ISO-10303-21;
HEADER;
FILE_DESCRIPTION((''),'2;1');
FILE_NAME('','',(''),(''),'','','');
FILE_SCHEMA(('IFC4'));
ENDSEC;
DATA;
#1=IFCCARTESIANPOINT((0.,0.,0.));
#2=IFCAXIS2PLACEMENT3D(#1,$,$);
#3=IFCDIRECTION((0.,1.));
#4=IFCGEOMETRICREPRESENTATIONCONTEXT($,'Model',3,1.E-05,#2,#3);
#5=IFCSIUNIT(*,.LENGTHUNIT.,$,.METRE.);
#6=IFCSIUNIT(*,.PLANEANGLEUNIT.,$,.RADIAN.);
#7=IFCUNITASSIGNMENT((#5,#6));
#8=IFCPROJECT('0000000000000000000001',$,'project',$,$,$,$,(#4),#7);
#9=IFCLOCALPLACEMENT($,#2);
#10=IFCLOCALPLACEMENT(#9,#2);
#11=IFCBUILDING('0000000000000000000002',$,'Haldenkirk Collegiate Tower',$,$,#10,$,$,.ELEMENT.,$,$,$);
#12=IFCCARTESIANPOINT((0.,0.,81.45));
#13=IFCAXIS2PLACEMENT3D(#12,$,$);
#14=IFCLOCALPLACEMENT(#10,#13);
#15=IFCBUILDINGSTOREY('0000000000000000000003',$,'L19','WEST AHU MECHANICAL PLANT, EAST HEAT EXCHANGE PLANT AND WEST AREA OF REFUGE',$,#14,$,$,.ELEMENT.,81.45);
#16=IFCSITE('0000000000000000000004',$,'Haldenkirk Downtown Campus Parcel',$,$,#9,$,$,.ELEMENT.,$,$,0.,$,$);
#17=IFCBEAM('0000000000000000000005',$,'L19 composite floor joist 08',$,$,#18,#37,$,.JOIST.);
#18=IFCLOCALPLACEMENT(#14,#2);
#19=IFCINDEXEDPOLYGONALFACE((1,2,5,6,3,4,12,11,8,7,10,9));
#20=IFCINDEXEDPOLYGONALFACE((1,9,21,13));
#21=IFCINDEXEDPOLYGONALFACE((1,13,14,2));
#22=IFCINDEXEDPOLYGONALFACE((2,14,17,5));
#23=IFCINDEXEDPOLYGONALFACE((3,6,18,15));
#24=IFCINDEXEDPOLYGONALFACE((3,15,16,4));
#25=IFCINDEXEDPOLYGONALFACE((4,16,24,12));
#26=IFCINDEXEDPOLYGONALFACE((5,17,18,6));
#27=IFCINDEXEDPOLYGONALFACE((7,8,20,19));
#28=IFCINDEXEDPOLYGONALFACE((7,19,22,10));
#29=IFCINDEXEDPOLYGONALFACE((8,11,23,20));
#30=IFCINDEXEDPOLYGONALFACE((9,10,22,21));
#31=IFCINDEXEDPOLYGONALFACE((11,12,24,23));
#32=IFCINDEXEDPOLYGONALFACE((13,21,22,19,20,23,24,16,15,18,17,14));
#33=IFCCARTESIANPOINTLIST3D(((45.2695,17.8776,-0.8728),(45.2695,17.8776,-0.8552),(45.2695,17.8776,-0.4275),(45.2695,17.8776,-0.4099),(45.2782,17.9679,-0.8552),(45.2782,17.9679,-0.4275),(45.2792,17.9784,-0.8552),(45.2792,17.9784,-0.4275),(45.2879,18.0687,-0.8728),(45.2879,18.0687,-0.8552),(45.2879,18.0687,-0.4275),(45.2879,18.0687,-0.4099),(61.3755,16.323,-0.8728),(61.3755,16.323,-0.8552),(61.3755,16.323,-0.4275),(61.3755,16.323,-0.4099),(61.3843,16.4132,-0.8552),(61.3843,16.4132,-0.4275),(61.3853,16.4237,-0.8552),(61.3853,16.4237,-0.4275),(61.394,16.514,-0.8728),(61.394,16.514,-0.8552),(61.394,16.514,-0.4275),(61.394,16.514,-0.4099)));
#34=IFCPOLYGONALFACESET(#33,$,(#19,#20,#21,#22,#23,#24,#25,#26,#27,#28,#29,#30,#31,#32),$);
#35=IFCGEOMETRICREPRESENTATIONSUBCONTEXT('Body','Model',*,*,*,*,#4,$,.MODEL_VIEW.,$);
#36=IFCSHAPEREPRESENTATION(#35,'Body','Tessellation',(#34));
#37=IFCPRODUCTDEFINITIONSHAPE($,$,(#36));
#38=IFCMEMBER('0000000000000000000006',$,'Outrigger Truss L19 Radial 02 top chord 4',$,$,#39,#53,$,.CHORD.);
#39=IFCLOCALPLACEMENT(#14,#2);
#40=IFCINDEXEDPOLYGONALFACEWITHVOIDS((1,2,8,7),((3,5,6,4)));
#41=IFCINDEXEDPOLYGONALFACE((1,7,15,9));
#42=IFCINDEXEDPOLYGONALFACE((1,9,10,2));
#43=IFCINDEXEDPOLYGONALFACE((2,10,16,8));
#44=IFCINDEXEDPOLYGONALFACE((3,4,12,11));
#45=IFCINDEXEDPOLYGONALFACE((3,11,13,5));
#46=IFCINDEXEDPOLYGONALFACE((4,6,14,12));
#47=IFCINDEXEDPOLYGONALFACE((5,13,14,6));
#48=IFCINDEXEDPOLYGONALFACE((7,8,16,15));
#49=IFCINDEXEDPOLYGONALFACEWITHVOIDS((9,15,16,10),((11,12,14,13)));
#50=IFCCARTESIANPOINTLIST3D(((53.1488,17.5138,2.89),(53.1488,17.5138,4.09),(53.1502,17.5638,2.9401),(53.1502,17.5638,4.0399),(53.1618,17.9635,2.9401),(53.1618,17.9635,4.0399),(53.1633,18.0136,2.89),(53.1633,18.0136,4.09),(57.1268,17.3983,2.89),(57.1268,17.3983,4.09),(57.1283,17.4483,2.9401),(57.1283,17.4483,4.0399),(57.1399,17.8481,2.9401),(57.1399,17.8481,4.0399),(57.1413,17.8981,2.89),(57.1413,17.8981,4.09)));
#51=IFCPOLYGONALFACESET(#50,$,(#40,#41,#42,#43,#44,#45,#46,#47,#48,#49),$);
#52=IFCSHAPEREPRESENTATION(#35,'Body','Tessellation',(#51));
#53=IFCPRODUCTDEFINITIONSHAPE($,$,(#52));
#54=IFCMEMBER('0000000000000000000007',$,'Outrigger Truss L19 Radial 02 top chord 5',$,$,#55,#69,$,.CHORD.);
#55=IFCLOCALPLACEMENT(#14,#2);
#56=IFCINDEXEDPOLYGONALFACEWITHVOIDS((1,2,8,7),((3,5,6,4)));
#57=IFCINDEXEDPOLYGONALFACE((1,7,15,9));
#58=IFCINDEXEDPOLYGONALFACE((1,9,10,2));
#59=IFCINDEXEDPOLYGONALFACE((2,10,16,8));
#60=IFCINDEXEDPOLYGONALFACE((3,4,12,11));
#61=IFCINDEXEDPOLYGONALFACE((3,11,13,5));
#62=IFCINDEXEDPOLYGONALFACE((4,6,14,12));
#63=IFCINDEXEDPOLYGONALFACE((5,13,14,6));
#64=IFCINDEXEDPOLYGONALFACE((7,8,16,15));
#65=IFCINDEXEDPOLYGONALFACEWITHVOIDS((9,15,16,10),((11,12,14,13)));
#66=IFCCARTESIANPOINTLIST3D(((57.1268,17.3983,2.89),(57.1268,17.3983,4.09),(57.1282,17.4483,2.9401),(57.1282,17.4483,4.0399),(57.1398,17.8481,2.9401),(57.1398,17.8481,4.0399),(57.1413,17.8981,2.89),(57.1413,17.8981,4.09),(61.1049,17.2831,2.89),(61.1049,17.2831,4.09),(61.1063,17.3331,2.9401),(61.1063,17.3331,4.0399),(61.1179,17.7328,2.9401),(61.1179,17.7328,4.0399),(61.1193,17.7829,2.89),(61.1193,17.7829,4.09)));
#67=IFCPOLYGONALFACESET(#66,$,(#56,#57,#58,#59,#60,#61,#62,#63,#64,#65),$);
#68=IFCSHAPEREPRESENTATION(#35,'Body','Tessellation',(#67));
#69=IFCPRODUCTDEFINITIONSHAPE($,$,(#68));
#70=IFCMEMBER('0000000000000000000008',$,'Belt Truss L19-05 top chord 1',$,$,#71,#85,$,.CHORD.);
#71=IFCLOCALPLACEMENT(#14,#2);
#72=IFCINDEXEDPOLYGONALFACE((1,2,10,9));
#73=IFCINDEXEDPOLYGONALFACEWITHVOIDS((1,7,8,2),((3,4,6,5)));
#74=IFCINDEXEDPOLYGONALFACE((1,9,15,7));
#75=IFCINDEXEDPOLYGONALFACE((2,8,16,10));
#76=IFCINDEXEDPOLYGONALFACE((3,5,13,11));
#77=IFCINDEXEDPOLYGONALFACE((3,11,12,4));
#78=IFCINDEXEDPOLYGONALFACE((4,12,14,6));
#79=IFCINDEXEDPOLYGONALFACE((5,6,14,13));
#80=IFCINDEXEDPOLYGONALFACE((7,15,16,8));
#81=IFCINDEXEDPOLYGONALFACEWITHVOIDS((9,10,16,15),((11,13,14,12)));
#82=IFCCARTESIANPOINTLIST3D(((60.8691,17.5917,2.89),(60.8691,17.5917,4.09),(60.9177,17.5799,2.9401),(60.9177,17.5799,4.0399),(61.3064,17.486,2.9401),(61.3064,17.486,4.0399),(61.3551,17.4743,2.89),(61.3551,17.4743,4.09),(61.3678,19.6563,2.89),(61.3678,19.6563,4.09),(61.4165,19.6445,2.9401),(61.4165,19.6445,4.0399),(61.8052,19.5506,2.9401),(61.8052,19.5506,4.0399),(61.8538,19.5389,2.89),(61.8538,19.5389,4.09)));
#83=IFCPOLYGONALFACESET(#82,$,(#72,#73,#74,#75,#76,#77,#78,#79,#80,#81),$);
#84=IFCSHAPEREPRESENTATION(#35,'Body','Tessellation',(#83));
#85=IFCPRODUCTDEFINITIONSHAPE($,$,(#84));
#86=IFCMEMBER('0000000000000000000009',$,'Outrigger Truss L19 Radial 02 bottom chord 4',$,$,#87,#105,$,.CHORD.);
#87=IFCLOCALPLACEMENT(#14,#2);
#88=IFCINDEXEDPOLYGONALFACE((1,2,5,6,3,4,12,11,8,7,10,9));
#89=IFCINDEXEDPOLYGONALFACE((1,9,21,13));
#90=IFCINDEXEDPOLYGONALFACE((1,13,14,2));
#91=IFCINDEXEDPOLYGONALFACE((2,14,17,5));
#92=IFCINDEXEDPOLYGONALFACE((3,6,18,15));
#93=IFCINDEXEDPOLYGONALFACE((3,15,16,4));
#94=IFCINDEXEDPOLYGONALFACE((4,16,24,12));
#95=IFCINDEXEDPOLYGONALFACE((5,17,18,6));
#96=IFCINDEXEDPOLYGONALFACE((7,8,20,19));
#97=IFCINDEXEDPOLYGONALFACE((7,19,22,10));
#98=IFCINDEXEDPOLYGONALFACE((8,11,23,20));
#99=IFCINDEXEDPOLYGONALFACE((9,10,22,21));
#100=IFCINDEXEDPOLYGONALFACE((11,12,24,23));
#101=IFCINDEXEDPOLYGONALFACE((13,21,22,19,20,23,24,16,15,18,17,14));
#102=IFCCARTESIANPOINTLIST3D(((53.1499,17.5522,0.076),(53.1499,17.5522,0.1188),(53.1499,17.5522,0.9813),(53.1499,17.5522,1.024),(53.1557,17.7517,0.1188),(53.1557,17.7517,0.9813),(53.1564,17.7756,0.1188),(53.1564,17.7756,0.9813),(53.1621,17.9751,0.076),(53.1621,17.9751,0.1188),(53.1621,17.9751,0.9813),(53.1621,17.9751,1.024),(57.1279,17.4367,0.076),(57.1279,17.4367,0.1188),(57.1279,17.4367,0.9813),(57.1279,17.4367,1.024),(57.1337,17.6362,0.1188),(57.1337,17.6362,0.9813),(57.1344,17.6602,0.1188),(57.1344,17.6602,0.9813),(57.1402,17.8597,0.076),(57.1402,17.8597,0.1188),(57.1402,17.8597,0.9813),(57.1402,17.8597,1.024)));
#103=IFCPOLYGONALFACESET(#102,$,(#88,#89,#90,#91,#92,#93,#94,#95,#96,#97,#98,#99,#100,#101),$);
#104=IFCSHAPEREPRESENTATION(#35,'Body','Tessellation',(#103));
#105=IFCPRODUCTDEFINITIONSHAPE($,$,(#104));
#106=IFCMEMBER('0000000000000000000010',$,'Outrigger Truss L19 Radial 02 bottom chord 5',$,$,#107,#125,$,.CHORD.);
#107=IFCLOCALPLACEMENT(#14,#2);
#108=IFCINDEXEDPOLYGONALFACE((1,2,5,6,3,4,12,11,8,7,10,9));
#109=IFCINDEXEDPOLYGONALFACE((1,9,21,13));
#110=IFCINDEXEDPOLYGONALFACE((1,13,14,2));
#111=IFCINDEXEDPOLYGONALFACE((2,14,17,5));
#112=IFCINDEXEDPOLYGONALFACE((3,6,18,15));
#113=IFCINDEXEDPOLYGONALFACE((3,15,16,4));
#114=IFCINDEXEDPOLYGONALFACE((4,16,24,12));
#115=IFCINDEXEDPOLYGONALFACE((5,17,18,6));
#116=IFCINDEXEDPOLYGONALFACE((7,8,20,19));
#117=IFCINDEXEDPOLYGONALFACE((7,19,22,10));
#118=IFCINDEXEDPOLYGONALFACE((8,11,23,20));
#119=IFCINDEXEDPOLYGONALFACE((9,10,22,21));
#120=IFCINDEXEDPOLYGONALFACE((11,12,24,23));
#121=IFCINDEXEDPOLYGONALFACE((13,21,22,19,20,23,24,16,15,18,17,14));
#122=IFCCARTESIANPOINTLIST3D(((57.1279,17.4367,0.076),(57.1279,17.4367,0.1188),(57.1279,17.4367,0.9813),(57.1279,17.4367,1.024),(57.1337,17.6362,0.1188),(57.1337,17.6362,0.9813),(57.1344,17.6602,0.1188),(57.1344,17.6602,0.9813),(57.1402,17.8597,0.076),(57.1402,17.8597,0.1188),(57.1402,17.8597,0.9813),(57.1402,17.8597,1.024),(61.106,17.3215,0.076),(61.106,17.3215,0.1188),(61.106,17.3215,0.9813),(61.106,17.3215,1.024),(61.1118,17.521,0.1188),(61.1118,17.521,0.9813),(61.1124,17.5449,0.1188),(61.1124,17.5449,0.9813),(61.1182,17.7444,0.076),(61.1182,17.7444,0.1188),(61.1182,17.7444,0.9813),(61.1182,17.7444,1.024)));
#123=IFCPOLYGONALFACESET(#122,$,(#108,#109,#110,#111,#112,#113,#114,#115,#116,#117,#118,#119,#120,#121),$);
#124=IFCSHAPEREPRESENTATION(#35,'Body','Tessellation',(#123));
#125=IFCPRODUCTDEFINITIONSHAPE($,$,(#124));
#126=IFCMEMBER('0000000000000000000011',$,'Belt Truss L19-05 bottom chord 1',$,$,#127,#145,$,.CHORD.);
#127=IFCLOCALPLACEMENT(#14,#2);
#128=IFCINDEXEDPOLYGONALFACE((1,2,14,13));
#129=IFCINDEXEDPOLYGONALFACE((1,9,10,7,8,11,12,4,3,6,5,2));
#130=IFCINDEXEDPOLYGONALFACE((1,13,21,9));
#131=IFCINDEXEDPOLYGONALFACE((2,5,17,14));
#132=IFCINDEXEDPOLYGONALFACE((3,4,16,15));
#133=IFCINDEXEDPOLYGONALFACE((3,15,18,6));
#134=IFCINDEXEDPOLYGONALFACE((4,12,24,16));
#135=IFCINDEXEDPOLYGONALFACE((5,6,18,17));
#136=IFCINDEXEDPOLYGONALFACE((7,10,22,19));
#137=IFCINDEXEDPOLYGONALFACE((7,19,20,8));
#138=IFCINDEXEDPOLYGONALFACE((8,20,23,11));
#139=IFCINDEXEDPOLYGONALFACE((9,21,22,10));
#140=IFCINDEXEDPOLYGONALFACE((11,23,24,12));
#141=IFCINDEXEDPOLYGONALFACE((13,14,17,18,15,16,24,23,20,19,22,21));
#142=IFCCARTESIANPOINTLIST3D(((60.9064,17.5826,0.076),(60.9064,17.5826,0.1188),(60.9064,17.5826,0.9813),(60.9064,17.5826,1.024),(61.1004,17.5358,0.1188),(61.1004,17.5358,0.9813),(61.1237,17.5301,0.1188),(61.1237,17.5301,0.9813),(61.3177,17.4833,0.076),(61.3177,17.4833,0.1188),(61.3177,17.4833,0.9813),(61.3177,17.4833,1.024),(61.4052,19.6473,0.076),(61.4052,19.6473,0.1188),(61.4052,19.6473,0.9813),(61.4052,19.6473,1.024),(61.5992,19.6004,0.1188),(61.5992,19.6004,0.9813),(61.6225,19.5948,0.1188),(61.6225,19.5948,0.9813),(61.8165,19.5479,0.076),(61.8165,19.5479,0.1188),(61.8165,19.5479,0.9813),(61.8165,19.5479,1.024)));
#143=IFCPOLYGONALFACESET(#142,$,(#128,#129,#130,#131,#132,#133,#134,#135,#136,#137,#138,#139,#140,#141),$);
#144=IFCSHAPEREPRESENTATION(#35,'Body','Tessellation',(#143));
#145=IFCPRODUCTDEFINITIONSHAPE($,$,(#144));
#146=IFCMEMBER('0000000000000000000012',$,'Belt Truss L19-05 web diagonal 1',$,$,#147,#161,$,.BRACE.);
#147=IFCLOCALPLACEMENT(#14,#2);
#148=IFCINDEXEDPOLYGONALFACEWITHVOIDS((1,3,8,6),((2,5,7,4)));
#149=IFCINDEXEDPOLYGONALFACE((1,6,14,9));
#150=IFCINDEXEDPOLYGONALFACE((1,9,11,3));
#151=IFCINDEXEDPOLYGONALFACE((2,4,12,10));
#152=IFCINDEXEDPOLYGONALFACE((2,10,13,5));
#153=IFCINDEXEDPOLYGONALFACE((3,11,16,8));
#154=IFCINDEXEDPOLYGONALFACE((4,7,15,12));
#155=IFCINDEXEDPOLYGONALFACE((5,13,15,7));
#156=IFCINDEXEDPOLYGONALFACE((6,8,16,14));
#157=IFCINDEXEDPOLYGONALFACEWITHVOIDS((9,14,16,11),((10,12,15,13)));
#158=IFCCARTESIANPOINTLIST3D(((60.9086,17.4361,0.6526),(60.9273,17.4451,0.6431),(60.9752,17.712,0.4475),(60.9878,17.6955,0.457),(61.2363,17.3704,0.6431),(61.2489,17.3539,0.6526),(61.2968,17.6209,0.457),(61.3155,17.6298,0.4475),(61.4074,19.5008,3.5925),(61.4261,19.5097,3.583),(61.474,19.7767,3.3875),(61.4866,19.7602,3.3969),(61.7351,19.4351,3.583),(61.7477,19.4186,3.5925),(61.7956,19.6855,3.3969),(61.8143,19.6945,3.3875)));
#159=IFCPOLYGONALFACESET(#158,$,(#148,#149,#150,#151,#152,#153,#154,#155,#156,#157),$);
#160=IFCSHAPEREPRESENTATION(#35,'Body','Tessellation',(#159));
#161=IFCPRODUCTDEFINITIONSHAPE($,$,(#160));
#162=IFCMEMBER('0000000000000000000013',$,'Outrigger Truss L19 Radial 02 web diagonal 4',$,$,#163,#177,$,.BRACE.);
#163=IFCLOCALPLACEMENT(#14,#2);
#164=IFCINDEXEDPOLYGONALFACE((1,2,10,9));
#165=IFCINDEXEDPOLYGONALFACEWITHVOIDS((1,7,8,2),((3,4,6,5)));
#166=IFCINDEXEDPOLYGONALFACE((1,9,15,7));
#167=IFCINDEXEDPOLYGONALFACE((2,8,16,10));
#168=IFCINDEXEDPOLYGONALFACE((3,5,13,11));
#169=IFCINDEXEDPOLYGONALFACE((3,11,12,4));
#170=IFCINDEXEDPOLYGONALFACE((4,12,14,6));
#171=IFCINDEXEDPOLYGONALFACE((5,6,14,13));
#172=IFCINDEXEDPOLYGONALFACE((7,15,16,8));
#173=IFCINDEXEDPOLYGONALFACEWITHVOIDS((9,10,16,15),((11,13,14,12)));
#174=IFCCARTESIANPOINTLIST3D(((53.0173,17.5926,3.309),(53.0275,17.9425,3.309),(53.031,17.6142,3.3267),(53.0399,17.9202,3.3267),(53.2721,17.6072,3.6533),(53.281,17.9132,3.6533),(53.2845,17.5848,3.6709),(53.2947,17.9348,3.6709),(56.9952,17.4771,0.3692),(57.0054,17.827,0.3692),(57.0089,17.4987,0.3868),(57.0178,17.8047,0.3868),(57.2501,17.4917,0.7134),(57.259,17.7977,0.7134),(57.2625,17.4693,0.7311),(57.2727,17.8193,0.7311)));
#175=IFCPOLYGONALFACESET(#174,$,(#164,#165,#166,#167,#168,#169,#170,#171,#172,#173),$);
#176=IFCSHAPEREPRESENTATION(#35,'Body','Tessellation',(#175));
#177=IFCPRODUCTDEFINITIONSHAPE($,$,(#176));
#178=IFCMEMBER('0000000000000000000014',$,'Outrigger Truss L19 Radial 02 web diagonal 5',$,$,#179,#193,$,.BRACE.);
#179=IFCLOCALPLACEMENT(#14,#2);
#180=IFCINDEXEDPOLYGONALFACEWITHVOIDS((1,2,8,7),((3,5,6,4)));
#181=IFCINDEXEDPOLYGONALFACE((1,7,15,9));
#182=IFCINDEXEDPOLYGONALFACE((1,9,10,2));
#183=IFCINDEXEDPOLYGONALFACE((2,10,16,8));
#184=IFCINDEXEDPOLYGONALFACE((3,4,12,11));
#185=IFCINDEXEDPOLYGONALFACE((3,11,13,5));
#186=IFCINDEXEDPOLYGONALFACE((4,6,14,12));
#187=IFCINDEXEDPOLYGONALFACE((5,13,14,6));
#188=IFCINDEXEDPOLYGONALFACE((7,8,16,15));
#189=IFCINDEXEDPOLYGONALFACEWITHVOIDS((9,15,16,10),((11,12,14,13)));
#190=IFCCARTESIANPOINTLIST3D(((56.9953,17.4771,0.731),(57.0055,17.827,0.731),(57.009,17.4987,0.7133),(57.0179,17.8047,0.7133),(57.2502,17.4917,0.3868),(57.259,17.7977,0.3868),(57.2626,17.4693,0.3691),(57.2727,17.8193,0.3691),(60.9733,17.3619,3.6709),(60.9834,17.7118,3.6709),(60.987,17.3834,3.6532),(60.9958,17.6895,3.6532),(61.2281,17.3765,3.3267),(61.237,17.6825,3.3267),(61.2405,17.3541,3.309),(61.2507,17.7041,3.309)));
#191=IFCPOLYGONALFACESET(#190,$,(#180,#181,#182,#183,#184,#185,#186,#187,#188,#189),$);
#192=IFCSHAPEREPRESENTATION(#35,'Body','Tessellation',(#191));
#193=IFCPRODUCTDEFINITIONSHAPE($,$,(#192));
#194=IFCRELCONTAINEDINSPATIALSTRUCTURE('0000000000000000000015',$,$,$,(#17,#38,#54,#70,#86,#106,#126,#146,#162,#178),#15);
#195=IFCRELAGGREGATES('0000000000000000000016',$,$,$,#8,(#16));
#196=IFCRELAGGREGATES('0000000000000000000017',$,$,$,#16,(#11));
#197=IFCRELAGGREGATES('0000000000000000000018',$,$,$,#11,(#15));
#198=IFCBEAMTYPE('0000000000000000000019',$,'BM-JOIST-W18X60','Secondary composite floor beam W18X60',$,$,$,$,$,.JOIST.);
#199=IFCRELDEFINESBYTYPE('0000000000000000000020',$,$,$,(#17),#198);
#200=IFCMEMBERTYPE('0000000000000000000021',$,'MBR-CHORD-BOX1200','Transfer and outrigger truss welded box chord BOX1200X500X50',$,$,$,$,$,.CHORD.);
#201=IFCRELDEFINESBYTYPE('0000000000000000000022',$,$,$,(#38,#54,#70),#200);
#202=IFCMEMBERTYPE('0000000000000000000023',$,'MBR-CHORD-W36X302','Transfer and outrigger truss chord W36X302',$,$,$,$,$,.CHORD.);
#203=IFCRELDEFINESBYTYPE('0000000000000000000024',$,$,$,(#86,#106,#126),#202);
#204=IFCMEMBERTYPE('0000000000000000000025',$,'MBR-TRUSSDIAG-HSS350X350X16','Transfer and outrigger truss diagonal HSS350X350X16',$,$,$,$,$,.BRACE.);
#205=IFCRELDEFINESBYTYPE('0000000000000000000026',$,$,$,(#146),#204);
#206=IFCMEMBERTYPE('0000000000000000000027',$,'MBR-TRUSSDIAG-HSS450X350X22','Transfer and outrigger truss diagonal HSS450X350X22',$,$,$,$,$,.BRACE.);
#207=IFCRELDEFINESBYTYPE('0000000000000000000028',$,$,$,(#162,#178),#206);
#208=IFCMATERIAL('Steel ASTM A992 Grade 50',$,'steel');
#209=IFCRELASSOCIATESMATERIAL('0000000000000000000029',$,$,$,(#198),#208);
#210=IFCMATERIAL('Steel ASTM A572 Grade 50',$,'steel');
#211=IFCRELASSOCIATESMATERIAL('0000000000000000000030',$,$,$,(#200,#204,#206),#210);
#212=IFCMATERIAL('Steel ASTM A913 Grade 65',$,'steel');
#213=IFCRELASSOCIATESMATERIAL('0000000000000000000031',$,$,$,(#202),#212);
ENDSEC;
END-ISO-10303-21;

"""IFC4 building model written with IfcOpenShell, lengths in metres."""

from ifc_helpers import new_model, si_unit, direction, frame, origin, origin_2d, place, context, subcontext, project, spatial, hollow_rectangle, i_section, extrude, material, material_profile, profile_set, type_object, element, save


model = new_model("IFC4")

# Units and contexts
model_context = context("Model", 3, precision=1e-05, world=origin(), true_north=direction((0.0, 1.0)))
body_context = subcontext(model_context, "Body", "Model", "MODEL_VIEW")
ifc_project = project(units=[si_unit("LENGTHUNIT", "METRE"), si_unit("PLANEANGLEUNIT", "RADIAN")], contexts=[model_context])

# Site, building, storey
site_placement = place(None, origin())
site = spatial("IfcSite", under=ifc_project, at=site_placement, Name="Haldenkirk Downtown Campus Parcel", CompositionType="ELEMENT", RefElevation=0.0)
building_placement = place(site_placement, origin())
building = spatial("IfcBuilding", under=site, at=building_placement, Name="Haldenkirk Collegiate Tower", CompositionType="ELEMENT")
storey_placement = place(building_placement, frame((0.0, 0.0, 81.45)))
storey = spatial("IfcBuildingStorey", under=building, at=storey_placement, Name="L19", Description="WEST AHU MECHANICAL PLANT, EAST HEAT EXCHANGE PLANT AND WEST AREA OF REFUGE", CompositionType="ELEMENT", Elevation=81.45)

# Beam
ifc_material_1 = material(Name="Steel ASTM A992 Grade 50", Category="steel")
ifc_material_profile_1 = material_profile(ifc_material_1, i_section(OverallWidth=0.1919, OverallDepth=0.4629, WebThickness=0.0105, FlangeThickness=0.0176, at=origin_2d()), Name="W18X60")
ifc_profile_set_1 = profile_set([ifc_material_profile_1], Name="Steel ASTM A992 Grade 50")
beam_type = type_object("IfcBeamType", Name="BM-JOIST-W18X60", Description="Secondary composite floor beam W18X60", PredefinedType="JOIST", material=ifc_profile_set_1)
beam_placement = place(storey_placement, frame((61.3848, 16.4185, -0.6414), z_axis=(-0.995373, 0.096082, 0.0), x_axis=(-0.096082, -0.995373, 0.0)))
element("IfcBeam", 1, at=beam_placement, inside=storey, type_object=beam_type, Name="L19 composite floor joist 08", PredefinedType="JOIST", context=body_context, shape_type="SweptSolid", body=[
    extrude(i_section(OverallWidth=0.1919, OverallDepth=0.4629, WebThickness=0.0105, FlangeThickness=0.0176, at=origin_2d()), origin(), (0.0, 0.0, 1.0), 16.1809),
])

# Members
ifc_material_2 = material(Name="Steel ASTM A572 Grade 50", Category="steel")
ifc_material_profile_2 = material_profile(ifc_material_2, hollow_rectangle(XDim=0.5, YDim=1.2, WallThickness=0.05, at=origin_2d()), Name="BOX1200X500X50")
ifc_profile_set_2 = profile_set([ifc_material_profile_2], Name="Steel ASTM A572 Grade 50")
member_type_1 = type_object("IfcMemberType", Name="MBR-CHORD-BOX1200", Description="Transfer and outrigger truss welded box chord BOX1200X500X50", PredefinedType="CHORD", material=ifc_profile_set_2)
for number, where, z_axis, x_axis, name in (
    (2, (53.156, 17.7637, 3.49), (0.999579, -0.029017, 0.0), (0.029017, 0.999579, 0.0), "Outrigger Truss L19 Radial 02 top chord 4"),
    (3, (57.134, 17.6482, 3.49), (0.999581, -0.028956, 0.0), (0.028956, 0.999581, 0.0), "Outrigger Truss L19 Radial 02 top chord 5"),
):
    element("IfcMember", number, at=place(storey_placement, frame(where, z_axis=z_axis, x_axis=x_axis)), inside=storey, type_object=member_type_1, Name=name, PredefinedType="CHORD", context=body_context, shape_type="SweptSolid", body=[
        extrude(hollow_rectangle(XDim=0.5, YDim=1.2, WallThickness=0.05, at=origin_2d()), origin(), (0.0, 0.0, 1.0), 3.9797),
    ])
member_1_placement = place(storey_placement, frame((61.1121, 17.533, 3.49), z_axis=(0.23482, 0.972039, 0.0), x_axis=(-0.972039, 0.23482, 0.0)))
element("IfcMember", 4, at=member_1_placement, inside=storey, type_object=member_type_1, Name="Belt Truss L19-05 top chord 1", PredefinedType="CHORD", context=body_context, shape_type="SweptSolid", body=[
    extrude(hollow_rectangle(XDim=0.5, YDim=1.2, WallThickness=0.05, at=origin_2d()), origin(), (0.0, 0.0, 1.0), 2.124),
])
ifc_material_3 = material(Name="Steel ASTM A913 Grade 65", Category="steel")
ifc_material_profile_3 = material_profile(ifc_material_3, i_section(OverallWidth=0.4231, OverallDepth=0.948, WebThickness=0.0239, FlangeThickness=0.0427, at=origin_2d()), Name="W36X302")
ifc_profile_set_3 = profile_set([ifc_material_profile_3], Name="Steel ASTM A913 Grade 65")
member_type_2 = type_object("IfcMemberType", Name="MBR-CHORD-W36X302", Description="Transfer and outrigger truss chord W36X302", PredefinedType="CHORD", material=ifc_profile_set_3)
for number, where, z_axis, x_axis, name in (
    (5, (53.156, 17.7637, 0.55), (0.999579, -0.029017, 0.0), (0.029017, 0.999579, 0.0), "Outrigger Truss L19 Radial 02 bottom chord 4"),
    (6, (57.134, 17.6482, 0.55), (0.999581, -0.028956, 0.0), (0.028956, 0.999581, 0.0), "Outrigger Truss L19 Radial 02 bottom chord 5"),
):
    element("IfcMember", number, at=place(storey_placement, frame(where, z_axis=z_axis, x_axis=x_axis)), inside=storey, type_object=member_type_2, Name=name, PredefinedType="CHORD", context=body_context, shape_type="SweptSolid", body=[
        extrude(i_section(OverallWidth=0.4231, OverallDepth=0.948, WebThickness=0.0239, FlangeThickness=0.0427, at=origin_2d()), origin(), (0.0, 0.0, 1.0), 3.9797),
    ])
member_2_placement = place(storey_placement, frame((61.1121, 17.533, 0.55), z_axis=(0.23482, 0.972039, 0.0), x_axis=(-0.972039, 0.23482, 0.0)))
element("IfcMember", 7, at=member_2_placement, inside=storey, type_object=member_type_2, Name="Belt Truss L19-05 bottom chord 1", PredefinedType="CHORD", context=body_context, shape_type="SweptSolid", body=[
    extrude(i_section(OverallWidth=0.4231, OverallDepth=0.948, WebThickness=0.0239, FlangeThickness=0.0427, at=origin_2d()), origin(), (0.0, 0.0, 1.0), 2.124),
])
ifc_material_profile_4 = material_profile(ifc_material_2, hollow_rectangle(XDim=0.3501, YDim=0.3501, WallThickness=0.0161, at=origin_2d()), Name="HSS350X350X16")
ifc_profile_set_4 = profile_set([ifc_material_profile_4], Name="Steel ASTM A572 Grade 50")
member_type_3 = type_object("IfcMemberType", Name="MBR-TRUSSDIAG-HSS350X350X16", Description="Transfer and outrigger truss diagonal HSS350X350X16", PredefinedType="BRACE", material=ifc_profile_set_4)
member_3_placement = place(storey_placement, frame((61.1121, 17.533, 0.55), z_axis=(0.137519, 0.56926, 0.810575), x_axis=(-0.972039, 0.23482, 0.0)))
element("IfcMember", 8, at=member_3_placement, inside=storey, type_object=member_type_3, Name="Belt Truss L19-05 web diagonal 1", PredefinedType="BRACE", context=body_context, shape_type="SweptSolid", body=[
    extrude(hollow_rectangle(XDim=0.3501, YDim=0.3501, WallThickness=0.0161, at=origin_2d()), origin(), (0.0, 0.0, 1.0), 3.627),
])
ifc_material_profile_5 = material_profile(ifc_material_2, hollow_rectangle(XDim=0.3501, YDim=0.45, WallThickness=0.022, at=origin_2d()), Name="HSS450X350X22")
ifc_profile_set_5 = profile_set([ifc_material_profile_5], Name="Steel ASTM A572 Grade 50")
member_type_4 = type_object("IfcMemberType", Name="MBR-TRUSSDIAG-HSS450X350X22", Description="Transfer and outrigger truss diagonal HSS450X350X22", PredefinedType="BRACE", material=ifc_profile_set_5)
for number, where, z_axis, x_axis, name in (
    (9, (53.156, 17.7637, 3.49), (0.80399, -0.023339, -0.594185), (0.029017, 0.999579, 0.0), "Outrigger Truss L19 Radial 02 web diagonal 4"),
    (10, (57.134, 17.6482, 0.55), (0.803991, -0.02329, 0.594185), (0.028956, 0.999581, 0.0), "Outrigger Truss L19 Radial 02 web diagonal 5"),
):
    element("IfcMember", number, at=place(storey_placement, frame(where, z_axis=z_axis, x_axis=x_axis)), inside=storey, type_object=member_type_4, Name=name, PredefinedType="BRACE", context=body_context, shape_type="SweptSolid", body=[
        extrude(hollow_rectangle(XDim=0.3501, YDim=0.45, WallThickness=0.022, at=origin_2d()), origin(), (0.0, 0.0, 1.0), 4.9478),
    ])

save(model, "model.ifc")
